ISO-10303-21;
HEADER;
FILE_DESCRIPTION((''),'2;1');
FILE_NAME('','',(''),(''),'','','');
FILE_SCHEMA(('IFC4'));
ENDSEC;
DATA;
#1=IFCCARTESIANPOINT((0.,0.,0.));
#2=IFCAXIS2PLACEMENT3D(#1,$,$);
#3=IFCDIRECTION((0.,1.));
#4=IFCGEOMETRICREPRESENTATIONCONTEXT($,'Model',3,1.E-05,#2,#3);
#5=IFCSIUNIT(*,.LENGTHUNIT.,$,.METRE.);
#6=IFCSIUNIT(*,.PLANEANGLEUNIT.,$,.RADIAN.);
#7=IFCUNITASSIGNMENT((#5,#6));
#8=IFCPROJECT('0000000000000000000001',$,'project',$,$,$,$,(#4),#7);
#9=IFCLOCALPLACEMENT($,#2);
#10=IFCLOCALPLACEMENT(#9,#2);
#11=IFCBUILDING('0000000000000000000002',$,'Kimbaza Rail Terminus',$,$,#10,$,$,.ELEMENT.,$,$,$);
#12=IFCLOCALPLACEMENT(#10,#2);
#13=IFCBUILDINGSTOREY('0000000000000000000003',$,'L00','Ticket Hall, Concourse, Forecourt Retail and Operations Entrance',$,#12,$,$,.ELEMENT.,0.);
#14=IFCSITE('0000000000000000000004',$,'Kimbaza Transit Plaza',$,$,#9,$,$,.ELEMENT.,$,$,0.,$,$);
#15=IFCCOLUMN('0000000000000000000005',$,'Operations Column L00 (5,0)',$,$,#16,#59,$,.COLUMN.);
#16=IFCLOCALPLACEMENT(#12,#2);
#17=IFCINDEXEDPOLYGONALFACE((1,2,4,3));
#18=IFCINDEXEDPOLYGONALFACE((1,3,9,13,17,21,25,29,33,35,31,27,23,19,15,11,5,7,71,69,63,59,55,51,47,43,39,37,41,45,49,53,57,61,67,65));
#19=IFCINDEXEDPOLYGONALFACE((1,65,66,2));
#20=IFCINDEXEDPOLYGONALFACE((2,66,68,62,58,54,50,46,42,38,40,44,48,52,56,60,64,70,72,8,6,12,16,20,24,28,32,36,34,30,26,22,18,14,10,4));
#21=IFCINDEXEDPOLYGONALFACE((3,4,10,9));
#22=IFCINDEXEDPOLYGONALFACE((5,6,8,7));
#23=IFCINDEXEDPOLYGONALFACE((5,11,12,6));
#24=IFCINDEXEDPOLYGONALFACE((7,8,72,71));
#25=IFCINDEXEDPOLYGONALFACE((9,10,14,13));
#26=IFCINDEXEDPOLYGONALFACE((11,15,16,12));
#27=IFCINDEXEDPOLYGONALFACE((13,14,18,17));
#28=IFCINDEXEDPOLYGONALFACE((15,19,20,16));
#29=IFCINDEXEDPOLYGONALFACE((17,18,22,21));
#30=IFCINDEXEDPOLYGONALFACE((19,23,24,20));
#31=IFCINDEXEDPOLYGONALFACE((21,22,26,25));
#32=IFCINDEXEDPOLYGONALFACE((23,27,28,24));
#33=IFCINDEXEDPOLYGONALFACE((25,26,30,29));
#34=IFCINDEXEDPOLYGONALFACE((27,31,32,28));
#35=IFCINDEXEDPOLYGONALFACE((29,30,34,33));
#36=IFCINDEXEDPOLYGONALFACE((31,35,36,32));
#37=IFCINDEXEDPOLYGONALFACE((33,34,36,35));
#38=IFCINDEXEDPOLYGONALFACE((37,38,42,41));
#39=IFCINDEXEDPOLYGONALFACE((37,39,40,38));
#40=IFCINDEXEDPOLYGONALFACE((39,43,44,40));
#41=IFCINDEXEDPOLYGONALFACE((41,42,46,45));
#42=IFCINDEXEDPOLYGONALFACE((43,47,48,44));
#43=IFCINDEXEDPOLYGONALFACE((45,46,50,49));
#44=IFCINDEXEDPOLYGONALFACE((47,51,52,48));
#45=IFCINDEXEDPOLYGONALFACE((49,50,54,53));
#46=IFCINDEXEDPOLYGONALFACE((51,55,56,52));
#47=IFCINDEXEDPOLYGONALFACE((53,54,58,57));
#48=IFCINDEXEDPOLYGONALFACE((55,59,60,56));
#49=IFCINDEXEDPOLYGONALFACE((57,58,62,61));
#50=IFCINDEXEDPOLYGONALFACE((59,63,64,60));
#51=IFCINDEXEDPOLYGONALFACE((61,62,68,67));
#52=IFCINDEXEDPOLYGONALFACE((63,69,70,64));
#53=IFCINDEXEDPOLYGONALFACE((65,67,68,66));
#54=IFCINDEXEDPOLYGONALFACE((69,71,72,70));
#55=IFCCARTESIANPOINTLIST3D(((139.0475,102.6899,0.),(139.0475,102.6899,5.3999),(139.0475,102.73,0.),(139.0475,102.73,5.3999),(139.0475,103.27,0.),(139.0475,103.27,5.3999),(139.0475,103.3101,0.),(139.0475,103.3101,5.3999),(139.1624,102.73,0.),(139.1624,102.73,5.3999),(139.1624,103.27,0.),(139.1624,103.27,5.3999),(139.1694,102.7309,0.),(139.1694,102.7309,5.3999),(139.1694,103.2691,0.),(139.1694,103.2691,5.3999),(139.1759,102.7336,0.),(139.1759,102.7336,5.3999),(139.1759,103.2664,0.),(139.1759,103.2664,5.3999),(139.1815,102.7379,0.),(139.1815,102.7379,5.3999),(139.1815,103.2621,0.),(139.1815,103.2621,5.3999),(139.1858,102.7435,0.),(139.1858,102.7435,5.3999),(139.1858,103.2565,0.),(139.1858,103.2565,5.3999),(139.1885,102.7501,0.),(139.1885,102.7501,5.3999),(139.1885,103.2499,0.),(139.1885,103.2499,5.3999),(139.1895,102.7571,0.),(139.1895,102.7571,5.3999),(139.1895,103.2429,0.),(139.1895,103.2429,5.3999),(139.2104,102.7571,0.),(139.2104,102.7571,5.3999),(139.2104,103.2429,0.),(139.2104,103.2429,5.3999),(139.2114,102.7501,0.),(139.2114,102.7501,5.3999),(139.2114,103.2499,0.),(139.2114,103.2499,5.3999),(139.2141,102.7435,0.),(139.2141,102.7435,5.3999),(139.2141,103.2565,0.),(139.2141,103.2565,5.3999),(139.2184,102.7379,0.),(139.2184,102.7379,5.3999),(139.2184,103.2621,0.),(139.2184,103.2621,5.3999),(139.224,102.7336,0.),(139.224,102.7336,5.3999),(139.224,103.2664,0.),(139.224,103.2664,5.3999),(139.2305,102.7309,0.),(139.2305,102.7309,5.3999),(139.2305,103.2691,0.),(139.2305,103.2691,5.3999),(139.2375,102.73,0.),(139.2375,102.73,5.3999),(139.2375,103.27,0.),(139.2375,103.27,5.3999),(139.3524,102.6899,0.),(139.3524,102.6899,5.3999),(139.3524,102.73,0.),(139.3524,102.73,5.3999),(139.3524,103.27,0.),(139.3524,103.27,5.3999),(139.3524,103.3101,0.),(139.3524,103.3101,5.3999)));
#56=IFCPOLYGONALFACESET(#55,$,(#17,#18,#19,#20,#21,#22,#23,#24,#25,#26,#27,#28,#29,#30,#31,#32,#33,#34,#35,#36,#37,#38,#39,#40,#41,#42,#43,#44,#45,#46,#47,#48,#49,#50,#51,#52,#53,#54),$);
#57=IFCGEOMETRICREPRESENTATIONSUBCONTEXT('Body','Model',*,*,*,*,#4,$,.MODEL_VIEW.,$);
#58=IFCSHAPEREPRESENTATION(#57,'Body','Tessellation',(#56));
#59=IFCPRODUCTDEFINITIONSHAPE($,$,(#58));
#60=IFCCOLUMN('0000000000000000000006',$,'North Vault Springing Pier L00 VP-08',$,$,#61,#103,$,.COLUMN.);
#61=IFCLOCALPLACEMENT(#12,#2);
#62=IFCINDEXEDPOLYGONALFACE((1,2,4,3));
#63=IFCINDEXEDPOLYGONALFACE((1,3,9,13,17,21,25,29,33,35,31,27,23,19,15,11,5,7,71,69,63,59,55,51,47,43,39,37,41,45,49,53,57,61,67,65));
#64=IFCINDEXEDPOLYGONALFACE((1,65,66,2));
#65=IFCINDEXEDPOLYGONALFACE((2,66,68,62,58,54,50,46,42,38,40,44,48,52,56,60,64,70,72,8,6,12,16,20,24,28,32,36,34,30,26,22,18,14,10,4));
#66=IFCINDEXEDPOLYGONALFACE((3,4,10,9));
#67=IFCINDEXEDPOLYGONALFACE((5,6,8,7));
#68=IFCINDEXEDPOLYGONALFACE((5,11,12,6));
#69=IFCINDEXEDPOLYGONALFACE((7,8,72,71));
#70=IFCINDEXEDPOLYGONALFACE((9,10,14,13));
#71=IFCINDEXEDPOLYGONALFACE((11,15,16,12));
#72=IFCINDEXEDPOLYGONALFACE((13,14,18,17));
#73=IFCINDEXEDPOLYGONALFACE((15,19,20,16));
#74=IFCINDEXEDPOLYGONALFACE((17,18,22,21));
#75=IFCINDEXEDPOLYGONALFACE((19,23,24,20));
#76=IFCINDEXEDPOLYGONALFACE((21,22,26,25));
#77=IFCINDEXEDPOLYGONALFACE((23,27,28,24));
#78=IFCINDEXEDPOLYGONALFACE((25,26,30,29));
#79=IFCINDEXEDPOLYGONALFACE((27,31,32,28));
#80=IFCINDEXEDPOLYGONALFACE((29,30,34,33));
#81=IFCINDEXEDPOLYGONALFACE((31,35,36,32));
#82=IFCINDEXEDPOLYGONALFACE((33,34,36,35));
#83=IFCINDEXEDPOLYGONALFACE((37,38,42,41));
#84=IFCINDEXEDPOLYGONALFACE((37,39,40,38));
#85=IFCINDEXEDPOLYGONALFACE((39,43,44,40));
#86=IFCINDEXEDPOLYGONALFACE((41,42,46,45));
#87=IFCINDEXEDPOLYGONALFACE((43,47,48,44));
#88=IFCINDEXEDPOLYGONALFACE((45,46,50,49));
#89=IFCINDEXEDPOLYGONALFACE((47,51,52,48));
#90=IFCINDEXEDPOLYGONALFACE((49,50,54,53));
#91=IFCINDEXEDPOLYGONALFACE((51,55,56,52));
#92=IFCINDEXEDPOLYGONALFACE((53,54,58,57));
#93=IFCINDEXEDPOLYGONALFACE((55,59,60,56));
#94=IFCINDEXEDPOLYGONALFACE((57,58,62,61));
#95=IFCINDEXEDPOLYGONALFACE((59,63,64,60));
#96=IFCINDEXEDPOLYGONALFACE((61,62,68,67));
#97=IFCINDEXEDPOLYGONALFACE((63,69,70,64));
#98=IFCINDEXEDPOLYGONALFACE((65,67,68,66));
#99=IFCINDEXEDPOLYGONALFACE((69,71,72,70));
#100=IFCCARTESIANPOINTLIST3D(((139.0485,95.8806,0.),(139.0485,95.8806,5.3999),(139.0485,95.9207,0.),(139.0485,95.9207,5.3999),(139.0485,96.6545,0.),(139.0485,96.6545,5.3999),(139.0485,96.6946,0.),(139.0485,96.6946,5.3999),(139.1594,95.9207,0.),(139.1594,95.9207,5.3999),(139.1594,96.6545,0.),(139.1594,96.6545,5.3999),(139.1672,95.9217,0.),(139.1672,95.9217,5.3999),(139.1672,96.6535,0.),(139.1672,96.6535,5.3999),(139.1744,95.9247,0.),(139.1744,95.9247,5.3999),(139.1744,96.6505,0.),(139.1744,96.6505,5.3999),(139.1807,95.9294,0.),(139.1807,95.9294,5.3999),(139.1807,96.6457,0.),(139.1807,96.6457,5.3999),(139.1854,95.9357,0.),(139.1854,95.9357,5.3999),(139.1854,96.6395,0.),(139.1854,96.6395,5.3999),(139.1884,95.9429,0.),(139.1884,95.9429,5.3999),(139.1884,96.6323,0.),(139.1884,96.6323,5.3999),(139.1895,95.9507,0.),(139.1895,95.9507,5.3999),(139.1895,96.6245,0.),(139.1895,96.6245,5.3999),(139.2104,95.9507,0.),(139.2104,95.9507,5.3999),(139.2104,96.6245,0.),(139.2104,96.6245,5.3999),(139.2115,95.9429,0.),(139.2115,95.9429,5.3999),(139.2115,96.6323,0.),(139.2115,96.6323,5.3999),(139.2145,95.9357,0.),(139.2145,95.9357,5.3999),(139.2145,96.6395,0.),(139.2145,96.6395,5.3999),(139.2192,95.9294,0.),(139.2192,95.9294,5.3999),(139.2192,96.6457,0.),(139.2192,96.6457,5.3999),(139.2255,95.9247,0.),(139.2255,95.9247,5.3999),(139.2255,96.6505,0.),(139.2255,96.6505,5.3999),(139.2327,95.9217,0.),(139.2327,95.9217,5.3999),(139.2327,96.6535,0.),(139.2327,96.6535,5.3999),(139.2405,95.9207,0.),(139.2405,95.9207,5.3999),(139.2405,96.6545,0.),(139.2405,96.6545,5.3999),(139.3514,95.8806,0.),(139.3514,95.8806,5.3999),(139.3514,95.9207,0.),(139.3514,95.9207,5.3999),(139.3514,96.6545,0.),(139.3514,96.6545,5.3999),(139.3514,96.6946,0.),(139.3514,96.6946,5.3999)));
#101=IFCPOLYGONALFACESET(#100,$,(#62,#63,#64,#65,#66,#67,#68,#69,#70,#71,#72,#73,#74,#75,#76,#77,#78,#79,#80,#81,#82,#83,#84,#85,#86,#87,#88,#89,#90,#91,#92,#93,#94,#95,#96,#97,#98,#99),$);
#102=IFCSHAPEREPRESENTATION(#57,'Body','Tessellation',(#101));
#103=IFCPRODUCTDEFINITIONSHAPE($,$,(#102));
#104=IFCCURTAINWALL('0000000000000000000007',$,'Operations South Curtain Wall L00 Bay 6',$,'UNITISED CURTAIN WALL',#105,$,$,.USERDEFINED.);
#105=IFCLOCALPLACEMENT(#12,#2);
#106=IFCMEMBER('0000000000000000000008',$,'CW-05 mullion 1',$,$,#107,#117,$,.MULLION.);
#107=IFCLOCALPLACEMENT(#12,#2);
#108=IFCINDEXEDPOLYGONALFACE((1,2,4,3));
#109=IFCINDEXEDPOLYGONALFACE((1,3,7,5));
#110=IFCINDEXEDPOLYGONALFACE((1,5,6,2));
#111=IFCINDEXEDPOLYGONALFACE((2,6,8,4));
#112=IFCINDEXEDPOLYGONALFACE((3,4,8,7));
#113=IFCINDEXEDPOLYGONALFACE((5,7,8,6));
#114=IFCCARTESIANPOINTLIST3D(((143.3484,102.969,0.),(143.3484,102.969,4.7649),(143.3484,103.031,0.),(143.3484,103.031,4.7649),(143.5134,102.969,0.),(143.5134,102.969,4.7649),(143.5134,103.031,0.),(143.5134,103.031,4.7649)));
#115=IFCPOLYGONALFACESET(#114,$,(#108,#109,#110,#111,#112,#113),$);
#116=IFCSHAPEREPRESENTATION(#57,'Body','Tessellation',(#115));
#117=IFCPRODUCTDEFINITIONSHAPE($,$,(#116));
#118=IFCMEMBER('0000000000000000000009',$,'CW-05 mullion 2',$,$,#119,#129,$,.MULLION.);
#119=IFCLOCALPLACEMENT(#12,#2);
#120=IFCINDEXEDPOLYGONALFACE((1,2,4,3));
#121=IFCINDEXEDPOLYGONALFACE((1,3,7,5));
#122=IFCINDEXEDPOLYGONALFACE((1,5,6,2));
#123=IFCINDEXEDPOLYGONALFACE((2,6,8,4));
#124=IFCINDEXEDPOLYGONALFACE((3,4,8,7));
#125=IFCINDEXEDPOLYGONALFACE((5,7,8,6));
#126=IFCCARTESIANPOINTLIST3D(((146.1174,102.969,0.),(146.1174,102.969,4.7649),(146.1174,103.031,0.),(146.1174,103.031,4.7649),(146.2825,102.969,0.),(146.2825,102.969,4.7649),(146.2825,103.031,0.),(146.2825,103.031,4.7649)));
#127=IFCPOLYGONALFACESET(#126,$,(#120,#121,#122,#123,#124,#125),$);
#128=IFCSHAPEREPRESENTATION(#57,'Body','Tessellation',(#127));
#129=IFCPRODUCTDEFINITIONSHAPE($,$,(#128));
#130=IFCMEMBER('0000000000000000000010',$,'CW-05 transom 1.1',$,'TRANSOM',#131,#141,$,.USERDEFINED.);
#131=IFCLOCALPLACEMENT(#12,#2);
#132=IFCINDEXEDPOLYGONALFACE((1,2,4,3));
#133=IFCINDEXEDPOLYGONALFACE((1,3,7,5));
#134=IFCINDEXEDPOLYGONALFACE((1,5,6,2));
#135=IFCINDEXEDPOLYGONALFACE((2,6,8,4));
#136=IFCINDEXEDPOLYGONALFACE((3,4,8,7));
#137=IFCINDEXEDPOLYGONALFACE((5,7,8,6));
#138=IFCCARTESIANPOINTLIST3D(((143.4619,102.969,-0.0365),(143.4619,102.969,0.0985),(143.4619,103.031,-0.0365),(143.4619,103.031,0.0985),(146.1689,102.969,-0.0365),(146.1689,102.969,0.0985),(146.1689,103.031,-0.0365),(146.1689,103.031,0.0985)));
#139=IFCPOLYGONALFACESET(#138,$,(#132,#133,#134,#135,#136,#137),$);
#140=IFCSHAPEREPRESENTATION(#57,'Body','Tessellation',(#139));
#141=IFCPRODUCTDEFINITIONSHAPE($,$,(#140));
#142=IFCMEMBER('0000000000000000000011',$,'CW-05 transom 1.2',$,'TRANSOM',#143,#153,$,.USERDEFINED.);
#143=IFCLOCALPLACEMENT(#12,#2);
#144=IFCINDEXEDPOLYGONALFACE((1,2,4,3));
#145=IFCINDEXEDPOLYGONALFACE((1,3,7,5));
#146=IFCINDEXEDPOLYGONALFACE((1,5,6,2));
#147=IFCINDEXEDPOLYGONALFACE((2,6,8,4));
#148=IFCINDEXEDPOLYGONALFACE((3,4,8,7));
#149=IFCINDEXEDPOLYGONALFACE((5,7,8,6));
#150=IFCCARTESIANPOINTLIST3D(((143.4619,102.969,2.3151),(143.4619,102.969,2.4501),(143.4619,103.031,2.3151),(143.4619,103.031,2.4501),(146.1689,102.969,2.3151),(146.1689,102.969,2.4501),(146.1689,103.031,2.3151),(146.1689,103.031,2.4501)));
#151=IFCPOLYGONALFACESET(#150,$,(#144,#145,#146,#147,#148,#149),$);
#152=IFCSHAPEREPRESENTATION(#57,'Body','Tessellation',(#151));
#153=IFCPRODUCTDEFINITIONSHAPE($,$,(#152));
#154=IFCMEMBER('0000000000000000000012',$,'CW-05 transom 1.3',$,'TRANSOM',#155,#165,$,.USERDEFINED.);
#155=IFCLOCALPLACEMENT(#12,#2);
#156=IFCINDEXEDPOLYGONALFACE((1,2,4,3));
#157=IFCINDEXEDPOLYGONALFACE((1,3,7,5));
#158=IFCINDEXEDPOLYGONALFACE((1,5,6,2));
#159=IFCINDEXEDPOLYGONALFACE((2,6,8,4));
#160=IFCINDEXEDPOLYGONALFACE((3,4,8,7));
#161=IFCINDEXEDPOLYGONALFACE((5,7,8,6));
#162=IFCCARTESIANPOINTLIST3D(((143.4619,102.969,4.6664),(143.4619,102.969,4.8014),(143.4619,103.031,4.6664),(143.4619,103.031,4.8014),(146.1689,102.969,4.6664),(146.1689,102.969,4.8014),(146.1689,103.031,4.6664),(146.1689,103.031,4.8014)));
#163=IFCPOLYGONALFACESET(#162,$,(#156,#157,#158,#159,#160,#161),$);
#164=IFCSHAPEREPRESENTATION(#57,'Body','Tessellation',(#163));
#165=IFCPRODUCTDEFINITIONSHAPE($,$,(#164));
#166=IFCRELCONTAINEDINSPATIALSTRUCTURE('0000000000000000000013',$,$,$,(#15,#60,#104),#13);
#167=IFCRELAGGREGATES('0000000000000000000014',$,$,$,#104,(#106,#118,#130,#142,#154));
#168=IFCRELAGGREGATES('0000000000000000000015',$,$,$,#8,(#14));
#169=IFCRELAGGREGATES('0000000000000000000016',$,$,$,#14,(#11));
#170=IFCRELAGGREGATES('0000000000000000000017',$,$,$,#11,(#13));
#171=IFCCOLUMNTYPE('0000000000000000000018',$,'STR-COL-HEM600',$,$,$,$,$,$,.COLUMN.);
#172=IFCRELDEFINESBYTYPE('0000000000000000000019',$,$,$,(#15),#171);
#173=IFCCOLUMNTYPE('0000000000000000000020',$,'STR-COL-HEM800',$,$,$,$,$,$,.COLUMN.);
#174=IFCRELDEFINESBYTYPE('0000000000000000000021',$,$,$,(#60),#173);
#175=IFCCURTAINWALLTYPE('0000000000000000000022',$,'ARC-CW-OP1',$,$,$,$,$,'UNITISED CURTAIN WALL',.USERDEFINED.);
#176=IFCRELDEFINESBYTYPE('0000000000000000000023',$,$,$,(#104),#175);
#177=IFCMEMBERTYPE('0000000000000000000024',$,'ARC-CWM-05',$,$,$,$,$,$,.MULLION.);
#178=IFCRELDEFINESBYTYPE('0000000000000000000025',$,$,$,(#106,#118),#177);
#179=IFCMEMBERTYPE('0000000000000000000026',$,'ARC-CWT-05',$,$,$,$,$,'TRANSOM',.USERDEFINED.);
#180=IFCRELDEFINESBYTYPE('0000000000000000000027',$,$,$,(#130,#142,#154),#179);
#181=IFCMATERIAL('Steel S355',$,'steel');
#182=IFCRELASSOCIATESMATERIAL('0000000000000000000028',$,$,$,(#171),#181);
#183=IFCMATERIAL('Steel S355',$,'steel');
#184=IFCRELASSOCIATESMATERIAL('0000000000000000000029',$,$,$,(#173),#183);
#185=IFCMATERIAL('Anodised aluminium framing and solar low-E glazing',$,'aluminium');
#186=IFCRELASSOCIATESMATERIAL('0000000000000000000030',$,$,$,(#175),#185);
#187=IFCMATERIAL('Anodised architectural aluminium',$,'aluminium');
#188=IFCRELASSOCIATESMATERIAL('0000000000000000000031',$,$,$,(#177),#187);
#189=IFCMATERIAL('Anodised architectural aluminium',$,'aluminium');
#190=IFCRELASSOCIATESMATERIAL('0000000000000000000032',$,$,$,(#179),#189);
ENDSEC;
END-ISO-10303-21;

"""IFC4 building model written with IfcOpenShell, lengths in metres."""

from ifc_helpers import new_model, si_unit, direction, frame, origin, origin_2d, place, context, subcontext, project, spatial, rectangle, i_section, extrude, material, material_profile, profile_set, type_object, element, aggregate, save


model = new_model("IFC4")

# Units and contexts
model_context = context("Model", 3, precision=1e-05, world=origin(), true_north=direction((0.0, 1.0)))
body_context = subcontext(model_context, "Body", "Model", "MODEL_VIEW")
ifc_project = project(units=[si_unit("LENGTHUNIT", "METRE"), si_unit("PLANEANGLEUNIT", "RADIAN")], contexts=[model_context])

# Site, building, storey
site_placement = place(None, origin())
site = spatial("IfcSite", under=ifc_project, at=site_placement, Name="Kimbaza Transit Plaza", CompositionType="ELEMENT", RefElevation=0.0)
building_placement = place(site_placement, origin())
building = spatial("IfcBuilding", under=site, at=building_placement, Name="Kimbaza Rail Terminus", CompositionType="ELEMENT")
storey_placement = place(building_placement, origin())
storey = spatial("IfcBuildingStorey", under=building, at=storey_placement, Name="L00", Description="Ticket Hall, Concourse, Forecourt Retail and Operations Entrance", CompositionType="ELEMENT", Elevation=0.0)

# Columns
ifc_material_1 = material(Name="Steel S355", Category="steel")
ifc_material_profile_1 = material_profile(ifc_material_1, i_section(OverallWidth=0.3049, OverallDepth=0.6201, WebThickness=0.021, FlangeThickness=0.04, FilletRadius=0.0271, at=origin_2d()), Name="HEM 600")
ifc_profile_set_1 = profile_set([ifc_material_profile_1], Name="Steel S355")
column_type_1 = type_object("IfcColumnType", Name="STR-COL-HEM600", PredefinedType="COLUMN", material=ifc_profile_set_1)
column_1_placement = place(storey_placement, frame((139.2, 103.0, 0.0), z_axis=(0.0, 0.0, 1.0), x_axis=(1.0, 0.0, 0.0)))
element("IfcColumn", 1, at=column_1_placement, inside=storey, type_object=column_type_1, Name="Operations Column L00 (5,0)", PredefinedType="COLUMN", context=body_context, shape_type="SweptSolid", body=[
    extrude(i_section(OverallWidth=0.3049, OverallDepth=0.6201, WebThickness=0.021, FlangeThickness=0.04, FilletRadius=0.0271, at=origin_2d()), origin(), (0.0, 0.0, 1.0), 5.3999),
])
ifc_material_2 = material(Name="Steel S355", Category="steel")
ifc_material_profile_2 = material_profile(ifc_material_2, i_section(OverallWidth=0.303, OverallDepth=0.814, WebThickness=0.021, FlangeThickness=0.04, FilletRadius=0.03, at=origin_2d()), Name="HEM 800")
ifc_profile_set_2 = profile_set([ifc_material_profile_2], Name="Steel S355")
column_type_2 = type_object("IfcColumnType", Name="STR-COL-HEM800", PredefinedType="COLUMN", material=ifc_profile_set_2)
column_2_placement = place(storey_placement, frame((139.2, 96.2876, 0.0), z_axis=(0.0, 0.0, 1.0), x_axis=(1.0, 0.0, 0.0)))
element("IfcColumn", 2, at=column_2_placement, inside=storey, type_object=column_type_2, Name="North Vault Springing Pier L00 VP-08", PredefinedType="COLUMN", context=body_context, shape_type="SweptSolid", body=[
    extrude(i_section(OverallWidth=0.303, OverallDepth=0.814, WebThickness=0.021, FlangeThickness=0.04, FilletRadius=0.03, at=origin_2d()), origin(), (0.0, 0.0, 1.0), 5.3999),
])

# Curtain wall, members
ifc_material_3 = material(Name="Anodised aluminium framing and solar low-E glazing", Category="aluminium")
curtain_wall_type = type_object("IfcCurtainWallType", Name="ARC-CW-OP1", ElementType="UNITISED CURTAIN WALL", PredefinedType="USERDEFINED", material=ifc_material_3)
curtain_wall_placement = place(storey_placement, origin())
curtain_wall = element("IfcCurtainWall", 3, at=curtain_wall_placement, inside=storey, type_object=curtain_wall_type, Name="Operations South Curtain Wall L00 Bay 6", ObjectType="UNITISED CURTAIN WALL", PredefinedType="USERDEFINED")
ifc_material_4 = material(Name="Anodised architectural aluminium", Category="aluminium")
ifc_material_profile_3 = material_profile(ifc_material_4, rectangle(XDim=0.062, YDim=0.165, at=origin_2d()), Name="MULLION 62x165")
ifc_profile_set_3 = profile_set([ifc_material_profile_3], Name="Anodised architectural aluminium")
member_type_1 = type_object("IfcMemberType", Name="ARC-CWM-05", PredefinedType="MULLION", material=ifc_profile_set_3)
member_1_placement = place(storey_placement, frame((143.4309, 103.0, 0.0), z_axis=(0.0, 0.0, 1.0), x_axis=(0.0, 1.0, 0.0)))
member_1 = element("IfcMember", 4, at=member_1_placement, type_object=member_type_1, Name="CW-05 mullion 1", PredefinedType="MULLION", context=body_context, shape_type="SweptSolid", body=[
    extrude(rectangle(XDim=0.062, YDim=0.165, at=origin_2d()), origin(), (0.0, 0.0, 1.0), 4.7649),
])
member_2_placement = place(storey_placement, frame((146.2, 103.0, 0.0), z_axis=(0.0, 0.0, 1.0), x_axis=(0.0, 1.0, 0.0)))
member_2 = element("IfcMember", 5, at=member_2_placement, type_object=member_type_1, Name="CW-05 mullion 2", PredefinedType="MULLION", context=body_context, shape_type="SweptSolid", body=[
    extrude(rectangle(XDim=0.062, YDim=0.165, at=origin_2d()), origin(), (0.0, 0.0, 1.0), 4.7649),
])
ifc_material_5 = material(Name="Anodised architectural aluminium", Category="aluminium")
ifc_material_profile_4 = material_profile(ifc_material_5, rectangle(XDim=0.062, YDim=0.135, at=origin_2d()), Name="TRANSOM 62x135")
ifc_profile_set_4 = profile_set([ifc_material_profile_4], Name="Anodised architectural aluminium")
member_type_2 = type_object("IfcMemberType", Name="ARC-CWT-05", ElementType="TRANSOM", PredefinedType="USERDEFINED", material=ifc_profile_set_4)
member_3_placement = place(storey_placement, frame((143.4619, 103.0, 0.031), z_axis=(1.0, 0.0, 0.0), x_axis=(0.0, 1.0, 0.0)))
member_3 = element("IfcMember", 6, at=member_3_placement, type_object=member_type_2, Name="CW-05 transom 1.1", ObjectType="TRANSOM", PredefinedType="USERDEFINED", context=body_context, shape_type="SweptSolid", body=[
    extrude(rectangle(XDim=0.062, YDim=0.135, at=origin_2d()), origin(), (0.0, 0.0, 1.0), 2.707),
])
member_4_placement = place(storey_placement, frame((143.4619, 103.0, 2.3826), z_axis=(1.0, 0.0, 0.0), x_axis=(0.0, 1.0, 0.0)))
member_4 = element("IfcMember", 7, at=member_4_placement, type_object=member_type_2, Name="CW-05 transom 1.2", ObjectType="TRANSOM", PredefinedType="USERDEFINED", context=body_context, shape_type="SweptSolid", body=[
    extrude(rectangle(XDim=0.062, YDim=0.135, at=origin_2d()), origin(), (0.0, 0.0, 1.0), 2.707),
])
member_5_placement = place(storey_placement, frame((143.4619, 103.0, 4.7339), z_axis=(1.0, 0.0, 0.0), x_axis=(0.0, 1.0, 0.0)))
member_5 = element("IfcMember", 8, at=member_5_placement, type_object=member_type_2, Name="CW-05 transom 1.3", ObjectType="TRANSOM", PredefinedType="USERDEFINED", context=body_context, shape_type="SweptSolid", body=[
    extrude(rectangle(XDim=0.062, YDim=0.135, at=origin_2d()), origin(), (0.0, 0.0, 1.0), 2.707),
])

aggregate(curtain_wall, [member_1, member_2, member_3, member_4, member_5])

save(model, "model.ifc")
